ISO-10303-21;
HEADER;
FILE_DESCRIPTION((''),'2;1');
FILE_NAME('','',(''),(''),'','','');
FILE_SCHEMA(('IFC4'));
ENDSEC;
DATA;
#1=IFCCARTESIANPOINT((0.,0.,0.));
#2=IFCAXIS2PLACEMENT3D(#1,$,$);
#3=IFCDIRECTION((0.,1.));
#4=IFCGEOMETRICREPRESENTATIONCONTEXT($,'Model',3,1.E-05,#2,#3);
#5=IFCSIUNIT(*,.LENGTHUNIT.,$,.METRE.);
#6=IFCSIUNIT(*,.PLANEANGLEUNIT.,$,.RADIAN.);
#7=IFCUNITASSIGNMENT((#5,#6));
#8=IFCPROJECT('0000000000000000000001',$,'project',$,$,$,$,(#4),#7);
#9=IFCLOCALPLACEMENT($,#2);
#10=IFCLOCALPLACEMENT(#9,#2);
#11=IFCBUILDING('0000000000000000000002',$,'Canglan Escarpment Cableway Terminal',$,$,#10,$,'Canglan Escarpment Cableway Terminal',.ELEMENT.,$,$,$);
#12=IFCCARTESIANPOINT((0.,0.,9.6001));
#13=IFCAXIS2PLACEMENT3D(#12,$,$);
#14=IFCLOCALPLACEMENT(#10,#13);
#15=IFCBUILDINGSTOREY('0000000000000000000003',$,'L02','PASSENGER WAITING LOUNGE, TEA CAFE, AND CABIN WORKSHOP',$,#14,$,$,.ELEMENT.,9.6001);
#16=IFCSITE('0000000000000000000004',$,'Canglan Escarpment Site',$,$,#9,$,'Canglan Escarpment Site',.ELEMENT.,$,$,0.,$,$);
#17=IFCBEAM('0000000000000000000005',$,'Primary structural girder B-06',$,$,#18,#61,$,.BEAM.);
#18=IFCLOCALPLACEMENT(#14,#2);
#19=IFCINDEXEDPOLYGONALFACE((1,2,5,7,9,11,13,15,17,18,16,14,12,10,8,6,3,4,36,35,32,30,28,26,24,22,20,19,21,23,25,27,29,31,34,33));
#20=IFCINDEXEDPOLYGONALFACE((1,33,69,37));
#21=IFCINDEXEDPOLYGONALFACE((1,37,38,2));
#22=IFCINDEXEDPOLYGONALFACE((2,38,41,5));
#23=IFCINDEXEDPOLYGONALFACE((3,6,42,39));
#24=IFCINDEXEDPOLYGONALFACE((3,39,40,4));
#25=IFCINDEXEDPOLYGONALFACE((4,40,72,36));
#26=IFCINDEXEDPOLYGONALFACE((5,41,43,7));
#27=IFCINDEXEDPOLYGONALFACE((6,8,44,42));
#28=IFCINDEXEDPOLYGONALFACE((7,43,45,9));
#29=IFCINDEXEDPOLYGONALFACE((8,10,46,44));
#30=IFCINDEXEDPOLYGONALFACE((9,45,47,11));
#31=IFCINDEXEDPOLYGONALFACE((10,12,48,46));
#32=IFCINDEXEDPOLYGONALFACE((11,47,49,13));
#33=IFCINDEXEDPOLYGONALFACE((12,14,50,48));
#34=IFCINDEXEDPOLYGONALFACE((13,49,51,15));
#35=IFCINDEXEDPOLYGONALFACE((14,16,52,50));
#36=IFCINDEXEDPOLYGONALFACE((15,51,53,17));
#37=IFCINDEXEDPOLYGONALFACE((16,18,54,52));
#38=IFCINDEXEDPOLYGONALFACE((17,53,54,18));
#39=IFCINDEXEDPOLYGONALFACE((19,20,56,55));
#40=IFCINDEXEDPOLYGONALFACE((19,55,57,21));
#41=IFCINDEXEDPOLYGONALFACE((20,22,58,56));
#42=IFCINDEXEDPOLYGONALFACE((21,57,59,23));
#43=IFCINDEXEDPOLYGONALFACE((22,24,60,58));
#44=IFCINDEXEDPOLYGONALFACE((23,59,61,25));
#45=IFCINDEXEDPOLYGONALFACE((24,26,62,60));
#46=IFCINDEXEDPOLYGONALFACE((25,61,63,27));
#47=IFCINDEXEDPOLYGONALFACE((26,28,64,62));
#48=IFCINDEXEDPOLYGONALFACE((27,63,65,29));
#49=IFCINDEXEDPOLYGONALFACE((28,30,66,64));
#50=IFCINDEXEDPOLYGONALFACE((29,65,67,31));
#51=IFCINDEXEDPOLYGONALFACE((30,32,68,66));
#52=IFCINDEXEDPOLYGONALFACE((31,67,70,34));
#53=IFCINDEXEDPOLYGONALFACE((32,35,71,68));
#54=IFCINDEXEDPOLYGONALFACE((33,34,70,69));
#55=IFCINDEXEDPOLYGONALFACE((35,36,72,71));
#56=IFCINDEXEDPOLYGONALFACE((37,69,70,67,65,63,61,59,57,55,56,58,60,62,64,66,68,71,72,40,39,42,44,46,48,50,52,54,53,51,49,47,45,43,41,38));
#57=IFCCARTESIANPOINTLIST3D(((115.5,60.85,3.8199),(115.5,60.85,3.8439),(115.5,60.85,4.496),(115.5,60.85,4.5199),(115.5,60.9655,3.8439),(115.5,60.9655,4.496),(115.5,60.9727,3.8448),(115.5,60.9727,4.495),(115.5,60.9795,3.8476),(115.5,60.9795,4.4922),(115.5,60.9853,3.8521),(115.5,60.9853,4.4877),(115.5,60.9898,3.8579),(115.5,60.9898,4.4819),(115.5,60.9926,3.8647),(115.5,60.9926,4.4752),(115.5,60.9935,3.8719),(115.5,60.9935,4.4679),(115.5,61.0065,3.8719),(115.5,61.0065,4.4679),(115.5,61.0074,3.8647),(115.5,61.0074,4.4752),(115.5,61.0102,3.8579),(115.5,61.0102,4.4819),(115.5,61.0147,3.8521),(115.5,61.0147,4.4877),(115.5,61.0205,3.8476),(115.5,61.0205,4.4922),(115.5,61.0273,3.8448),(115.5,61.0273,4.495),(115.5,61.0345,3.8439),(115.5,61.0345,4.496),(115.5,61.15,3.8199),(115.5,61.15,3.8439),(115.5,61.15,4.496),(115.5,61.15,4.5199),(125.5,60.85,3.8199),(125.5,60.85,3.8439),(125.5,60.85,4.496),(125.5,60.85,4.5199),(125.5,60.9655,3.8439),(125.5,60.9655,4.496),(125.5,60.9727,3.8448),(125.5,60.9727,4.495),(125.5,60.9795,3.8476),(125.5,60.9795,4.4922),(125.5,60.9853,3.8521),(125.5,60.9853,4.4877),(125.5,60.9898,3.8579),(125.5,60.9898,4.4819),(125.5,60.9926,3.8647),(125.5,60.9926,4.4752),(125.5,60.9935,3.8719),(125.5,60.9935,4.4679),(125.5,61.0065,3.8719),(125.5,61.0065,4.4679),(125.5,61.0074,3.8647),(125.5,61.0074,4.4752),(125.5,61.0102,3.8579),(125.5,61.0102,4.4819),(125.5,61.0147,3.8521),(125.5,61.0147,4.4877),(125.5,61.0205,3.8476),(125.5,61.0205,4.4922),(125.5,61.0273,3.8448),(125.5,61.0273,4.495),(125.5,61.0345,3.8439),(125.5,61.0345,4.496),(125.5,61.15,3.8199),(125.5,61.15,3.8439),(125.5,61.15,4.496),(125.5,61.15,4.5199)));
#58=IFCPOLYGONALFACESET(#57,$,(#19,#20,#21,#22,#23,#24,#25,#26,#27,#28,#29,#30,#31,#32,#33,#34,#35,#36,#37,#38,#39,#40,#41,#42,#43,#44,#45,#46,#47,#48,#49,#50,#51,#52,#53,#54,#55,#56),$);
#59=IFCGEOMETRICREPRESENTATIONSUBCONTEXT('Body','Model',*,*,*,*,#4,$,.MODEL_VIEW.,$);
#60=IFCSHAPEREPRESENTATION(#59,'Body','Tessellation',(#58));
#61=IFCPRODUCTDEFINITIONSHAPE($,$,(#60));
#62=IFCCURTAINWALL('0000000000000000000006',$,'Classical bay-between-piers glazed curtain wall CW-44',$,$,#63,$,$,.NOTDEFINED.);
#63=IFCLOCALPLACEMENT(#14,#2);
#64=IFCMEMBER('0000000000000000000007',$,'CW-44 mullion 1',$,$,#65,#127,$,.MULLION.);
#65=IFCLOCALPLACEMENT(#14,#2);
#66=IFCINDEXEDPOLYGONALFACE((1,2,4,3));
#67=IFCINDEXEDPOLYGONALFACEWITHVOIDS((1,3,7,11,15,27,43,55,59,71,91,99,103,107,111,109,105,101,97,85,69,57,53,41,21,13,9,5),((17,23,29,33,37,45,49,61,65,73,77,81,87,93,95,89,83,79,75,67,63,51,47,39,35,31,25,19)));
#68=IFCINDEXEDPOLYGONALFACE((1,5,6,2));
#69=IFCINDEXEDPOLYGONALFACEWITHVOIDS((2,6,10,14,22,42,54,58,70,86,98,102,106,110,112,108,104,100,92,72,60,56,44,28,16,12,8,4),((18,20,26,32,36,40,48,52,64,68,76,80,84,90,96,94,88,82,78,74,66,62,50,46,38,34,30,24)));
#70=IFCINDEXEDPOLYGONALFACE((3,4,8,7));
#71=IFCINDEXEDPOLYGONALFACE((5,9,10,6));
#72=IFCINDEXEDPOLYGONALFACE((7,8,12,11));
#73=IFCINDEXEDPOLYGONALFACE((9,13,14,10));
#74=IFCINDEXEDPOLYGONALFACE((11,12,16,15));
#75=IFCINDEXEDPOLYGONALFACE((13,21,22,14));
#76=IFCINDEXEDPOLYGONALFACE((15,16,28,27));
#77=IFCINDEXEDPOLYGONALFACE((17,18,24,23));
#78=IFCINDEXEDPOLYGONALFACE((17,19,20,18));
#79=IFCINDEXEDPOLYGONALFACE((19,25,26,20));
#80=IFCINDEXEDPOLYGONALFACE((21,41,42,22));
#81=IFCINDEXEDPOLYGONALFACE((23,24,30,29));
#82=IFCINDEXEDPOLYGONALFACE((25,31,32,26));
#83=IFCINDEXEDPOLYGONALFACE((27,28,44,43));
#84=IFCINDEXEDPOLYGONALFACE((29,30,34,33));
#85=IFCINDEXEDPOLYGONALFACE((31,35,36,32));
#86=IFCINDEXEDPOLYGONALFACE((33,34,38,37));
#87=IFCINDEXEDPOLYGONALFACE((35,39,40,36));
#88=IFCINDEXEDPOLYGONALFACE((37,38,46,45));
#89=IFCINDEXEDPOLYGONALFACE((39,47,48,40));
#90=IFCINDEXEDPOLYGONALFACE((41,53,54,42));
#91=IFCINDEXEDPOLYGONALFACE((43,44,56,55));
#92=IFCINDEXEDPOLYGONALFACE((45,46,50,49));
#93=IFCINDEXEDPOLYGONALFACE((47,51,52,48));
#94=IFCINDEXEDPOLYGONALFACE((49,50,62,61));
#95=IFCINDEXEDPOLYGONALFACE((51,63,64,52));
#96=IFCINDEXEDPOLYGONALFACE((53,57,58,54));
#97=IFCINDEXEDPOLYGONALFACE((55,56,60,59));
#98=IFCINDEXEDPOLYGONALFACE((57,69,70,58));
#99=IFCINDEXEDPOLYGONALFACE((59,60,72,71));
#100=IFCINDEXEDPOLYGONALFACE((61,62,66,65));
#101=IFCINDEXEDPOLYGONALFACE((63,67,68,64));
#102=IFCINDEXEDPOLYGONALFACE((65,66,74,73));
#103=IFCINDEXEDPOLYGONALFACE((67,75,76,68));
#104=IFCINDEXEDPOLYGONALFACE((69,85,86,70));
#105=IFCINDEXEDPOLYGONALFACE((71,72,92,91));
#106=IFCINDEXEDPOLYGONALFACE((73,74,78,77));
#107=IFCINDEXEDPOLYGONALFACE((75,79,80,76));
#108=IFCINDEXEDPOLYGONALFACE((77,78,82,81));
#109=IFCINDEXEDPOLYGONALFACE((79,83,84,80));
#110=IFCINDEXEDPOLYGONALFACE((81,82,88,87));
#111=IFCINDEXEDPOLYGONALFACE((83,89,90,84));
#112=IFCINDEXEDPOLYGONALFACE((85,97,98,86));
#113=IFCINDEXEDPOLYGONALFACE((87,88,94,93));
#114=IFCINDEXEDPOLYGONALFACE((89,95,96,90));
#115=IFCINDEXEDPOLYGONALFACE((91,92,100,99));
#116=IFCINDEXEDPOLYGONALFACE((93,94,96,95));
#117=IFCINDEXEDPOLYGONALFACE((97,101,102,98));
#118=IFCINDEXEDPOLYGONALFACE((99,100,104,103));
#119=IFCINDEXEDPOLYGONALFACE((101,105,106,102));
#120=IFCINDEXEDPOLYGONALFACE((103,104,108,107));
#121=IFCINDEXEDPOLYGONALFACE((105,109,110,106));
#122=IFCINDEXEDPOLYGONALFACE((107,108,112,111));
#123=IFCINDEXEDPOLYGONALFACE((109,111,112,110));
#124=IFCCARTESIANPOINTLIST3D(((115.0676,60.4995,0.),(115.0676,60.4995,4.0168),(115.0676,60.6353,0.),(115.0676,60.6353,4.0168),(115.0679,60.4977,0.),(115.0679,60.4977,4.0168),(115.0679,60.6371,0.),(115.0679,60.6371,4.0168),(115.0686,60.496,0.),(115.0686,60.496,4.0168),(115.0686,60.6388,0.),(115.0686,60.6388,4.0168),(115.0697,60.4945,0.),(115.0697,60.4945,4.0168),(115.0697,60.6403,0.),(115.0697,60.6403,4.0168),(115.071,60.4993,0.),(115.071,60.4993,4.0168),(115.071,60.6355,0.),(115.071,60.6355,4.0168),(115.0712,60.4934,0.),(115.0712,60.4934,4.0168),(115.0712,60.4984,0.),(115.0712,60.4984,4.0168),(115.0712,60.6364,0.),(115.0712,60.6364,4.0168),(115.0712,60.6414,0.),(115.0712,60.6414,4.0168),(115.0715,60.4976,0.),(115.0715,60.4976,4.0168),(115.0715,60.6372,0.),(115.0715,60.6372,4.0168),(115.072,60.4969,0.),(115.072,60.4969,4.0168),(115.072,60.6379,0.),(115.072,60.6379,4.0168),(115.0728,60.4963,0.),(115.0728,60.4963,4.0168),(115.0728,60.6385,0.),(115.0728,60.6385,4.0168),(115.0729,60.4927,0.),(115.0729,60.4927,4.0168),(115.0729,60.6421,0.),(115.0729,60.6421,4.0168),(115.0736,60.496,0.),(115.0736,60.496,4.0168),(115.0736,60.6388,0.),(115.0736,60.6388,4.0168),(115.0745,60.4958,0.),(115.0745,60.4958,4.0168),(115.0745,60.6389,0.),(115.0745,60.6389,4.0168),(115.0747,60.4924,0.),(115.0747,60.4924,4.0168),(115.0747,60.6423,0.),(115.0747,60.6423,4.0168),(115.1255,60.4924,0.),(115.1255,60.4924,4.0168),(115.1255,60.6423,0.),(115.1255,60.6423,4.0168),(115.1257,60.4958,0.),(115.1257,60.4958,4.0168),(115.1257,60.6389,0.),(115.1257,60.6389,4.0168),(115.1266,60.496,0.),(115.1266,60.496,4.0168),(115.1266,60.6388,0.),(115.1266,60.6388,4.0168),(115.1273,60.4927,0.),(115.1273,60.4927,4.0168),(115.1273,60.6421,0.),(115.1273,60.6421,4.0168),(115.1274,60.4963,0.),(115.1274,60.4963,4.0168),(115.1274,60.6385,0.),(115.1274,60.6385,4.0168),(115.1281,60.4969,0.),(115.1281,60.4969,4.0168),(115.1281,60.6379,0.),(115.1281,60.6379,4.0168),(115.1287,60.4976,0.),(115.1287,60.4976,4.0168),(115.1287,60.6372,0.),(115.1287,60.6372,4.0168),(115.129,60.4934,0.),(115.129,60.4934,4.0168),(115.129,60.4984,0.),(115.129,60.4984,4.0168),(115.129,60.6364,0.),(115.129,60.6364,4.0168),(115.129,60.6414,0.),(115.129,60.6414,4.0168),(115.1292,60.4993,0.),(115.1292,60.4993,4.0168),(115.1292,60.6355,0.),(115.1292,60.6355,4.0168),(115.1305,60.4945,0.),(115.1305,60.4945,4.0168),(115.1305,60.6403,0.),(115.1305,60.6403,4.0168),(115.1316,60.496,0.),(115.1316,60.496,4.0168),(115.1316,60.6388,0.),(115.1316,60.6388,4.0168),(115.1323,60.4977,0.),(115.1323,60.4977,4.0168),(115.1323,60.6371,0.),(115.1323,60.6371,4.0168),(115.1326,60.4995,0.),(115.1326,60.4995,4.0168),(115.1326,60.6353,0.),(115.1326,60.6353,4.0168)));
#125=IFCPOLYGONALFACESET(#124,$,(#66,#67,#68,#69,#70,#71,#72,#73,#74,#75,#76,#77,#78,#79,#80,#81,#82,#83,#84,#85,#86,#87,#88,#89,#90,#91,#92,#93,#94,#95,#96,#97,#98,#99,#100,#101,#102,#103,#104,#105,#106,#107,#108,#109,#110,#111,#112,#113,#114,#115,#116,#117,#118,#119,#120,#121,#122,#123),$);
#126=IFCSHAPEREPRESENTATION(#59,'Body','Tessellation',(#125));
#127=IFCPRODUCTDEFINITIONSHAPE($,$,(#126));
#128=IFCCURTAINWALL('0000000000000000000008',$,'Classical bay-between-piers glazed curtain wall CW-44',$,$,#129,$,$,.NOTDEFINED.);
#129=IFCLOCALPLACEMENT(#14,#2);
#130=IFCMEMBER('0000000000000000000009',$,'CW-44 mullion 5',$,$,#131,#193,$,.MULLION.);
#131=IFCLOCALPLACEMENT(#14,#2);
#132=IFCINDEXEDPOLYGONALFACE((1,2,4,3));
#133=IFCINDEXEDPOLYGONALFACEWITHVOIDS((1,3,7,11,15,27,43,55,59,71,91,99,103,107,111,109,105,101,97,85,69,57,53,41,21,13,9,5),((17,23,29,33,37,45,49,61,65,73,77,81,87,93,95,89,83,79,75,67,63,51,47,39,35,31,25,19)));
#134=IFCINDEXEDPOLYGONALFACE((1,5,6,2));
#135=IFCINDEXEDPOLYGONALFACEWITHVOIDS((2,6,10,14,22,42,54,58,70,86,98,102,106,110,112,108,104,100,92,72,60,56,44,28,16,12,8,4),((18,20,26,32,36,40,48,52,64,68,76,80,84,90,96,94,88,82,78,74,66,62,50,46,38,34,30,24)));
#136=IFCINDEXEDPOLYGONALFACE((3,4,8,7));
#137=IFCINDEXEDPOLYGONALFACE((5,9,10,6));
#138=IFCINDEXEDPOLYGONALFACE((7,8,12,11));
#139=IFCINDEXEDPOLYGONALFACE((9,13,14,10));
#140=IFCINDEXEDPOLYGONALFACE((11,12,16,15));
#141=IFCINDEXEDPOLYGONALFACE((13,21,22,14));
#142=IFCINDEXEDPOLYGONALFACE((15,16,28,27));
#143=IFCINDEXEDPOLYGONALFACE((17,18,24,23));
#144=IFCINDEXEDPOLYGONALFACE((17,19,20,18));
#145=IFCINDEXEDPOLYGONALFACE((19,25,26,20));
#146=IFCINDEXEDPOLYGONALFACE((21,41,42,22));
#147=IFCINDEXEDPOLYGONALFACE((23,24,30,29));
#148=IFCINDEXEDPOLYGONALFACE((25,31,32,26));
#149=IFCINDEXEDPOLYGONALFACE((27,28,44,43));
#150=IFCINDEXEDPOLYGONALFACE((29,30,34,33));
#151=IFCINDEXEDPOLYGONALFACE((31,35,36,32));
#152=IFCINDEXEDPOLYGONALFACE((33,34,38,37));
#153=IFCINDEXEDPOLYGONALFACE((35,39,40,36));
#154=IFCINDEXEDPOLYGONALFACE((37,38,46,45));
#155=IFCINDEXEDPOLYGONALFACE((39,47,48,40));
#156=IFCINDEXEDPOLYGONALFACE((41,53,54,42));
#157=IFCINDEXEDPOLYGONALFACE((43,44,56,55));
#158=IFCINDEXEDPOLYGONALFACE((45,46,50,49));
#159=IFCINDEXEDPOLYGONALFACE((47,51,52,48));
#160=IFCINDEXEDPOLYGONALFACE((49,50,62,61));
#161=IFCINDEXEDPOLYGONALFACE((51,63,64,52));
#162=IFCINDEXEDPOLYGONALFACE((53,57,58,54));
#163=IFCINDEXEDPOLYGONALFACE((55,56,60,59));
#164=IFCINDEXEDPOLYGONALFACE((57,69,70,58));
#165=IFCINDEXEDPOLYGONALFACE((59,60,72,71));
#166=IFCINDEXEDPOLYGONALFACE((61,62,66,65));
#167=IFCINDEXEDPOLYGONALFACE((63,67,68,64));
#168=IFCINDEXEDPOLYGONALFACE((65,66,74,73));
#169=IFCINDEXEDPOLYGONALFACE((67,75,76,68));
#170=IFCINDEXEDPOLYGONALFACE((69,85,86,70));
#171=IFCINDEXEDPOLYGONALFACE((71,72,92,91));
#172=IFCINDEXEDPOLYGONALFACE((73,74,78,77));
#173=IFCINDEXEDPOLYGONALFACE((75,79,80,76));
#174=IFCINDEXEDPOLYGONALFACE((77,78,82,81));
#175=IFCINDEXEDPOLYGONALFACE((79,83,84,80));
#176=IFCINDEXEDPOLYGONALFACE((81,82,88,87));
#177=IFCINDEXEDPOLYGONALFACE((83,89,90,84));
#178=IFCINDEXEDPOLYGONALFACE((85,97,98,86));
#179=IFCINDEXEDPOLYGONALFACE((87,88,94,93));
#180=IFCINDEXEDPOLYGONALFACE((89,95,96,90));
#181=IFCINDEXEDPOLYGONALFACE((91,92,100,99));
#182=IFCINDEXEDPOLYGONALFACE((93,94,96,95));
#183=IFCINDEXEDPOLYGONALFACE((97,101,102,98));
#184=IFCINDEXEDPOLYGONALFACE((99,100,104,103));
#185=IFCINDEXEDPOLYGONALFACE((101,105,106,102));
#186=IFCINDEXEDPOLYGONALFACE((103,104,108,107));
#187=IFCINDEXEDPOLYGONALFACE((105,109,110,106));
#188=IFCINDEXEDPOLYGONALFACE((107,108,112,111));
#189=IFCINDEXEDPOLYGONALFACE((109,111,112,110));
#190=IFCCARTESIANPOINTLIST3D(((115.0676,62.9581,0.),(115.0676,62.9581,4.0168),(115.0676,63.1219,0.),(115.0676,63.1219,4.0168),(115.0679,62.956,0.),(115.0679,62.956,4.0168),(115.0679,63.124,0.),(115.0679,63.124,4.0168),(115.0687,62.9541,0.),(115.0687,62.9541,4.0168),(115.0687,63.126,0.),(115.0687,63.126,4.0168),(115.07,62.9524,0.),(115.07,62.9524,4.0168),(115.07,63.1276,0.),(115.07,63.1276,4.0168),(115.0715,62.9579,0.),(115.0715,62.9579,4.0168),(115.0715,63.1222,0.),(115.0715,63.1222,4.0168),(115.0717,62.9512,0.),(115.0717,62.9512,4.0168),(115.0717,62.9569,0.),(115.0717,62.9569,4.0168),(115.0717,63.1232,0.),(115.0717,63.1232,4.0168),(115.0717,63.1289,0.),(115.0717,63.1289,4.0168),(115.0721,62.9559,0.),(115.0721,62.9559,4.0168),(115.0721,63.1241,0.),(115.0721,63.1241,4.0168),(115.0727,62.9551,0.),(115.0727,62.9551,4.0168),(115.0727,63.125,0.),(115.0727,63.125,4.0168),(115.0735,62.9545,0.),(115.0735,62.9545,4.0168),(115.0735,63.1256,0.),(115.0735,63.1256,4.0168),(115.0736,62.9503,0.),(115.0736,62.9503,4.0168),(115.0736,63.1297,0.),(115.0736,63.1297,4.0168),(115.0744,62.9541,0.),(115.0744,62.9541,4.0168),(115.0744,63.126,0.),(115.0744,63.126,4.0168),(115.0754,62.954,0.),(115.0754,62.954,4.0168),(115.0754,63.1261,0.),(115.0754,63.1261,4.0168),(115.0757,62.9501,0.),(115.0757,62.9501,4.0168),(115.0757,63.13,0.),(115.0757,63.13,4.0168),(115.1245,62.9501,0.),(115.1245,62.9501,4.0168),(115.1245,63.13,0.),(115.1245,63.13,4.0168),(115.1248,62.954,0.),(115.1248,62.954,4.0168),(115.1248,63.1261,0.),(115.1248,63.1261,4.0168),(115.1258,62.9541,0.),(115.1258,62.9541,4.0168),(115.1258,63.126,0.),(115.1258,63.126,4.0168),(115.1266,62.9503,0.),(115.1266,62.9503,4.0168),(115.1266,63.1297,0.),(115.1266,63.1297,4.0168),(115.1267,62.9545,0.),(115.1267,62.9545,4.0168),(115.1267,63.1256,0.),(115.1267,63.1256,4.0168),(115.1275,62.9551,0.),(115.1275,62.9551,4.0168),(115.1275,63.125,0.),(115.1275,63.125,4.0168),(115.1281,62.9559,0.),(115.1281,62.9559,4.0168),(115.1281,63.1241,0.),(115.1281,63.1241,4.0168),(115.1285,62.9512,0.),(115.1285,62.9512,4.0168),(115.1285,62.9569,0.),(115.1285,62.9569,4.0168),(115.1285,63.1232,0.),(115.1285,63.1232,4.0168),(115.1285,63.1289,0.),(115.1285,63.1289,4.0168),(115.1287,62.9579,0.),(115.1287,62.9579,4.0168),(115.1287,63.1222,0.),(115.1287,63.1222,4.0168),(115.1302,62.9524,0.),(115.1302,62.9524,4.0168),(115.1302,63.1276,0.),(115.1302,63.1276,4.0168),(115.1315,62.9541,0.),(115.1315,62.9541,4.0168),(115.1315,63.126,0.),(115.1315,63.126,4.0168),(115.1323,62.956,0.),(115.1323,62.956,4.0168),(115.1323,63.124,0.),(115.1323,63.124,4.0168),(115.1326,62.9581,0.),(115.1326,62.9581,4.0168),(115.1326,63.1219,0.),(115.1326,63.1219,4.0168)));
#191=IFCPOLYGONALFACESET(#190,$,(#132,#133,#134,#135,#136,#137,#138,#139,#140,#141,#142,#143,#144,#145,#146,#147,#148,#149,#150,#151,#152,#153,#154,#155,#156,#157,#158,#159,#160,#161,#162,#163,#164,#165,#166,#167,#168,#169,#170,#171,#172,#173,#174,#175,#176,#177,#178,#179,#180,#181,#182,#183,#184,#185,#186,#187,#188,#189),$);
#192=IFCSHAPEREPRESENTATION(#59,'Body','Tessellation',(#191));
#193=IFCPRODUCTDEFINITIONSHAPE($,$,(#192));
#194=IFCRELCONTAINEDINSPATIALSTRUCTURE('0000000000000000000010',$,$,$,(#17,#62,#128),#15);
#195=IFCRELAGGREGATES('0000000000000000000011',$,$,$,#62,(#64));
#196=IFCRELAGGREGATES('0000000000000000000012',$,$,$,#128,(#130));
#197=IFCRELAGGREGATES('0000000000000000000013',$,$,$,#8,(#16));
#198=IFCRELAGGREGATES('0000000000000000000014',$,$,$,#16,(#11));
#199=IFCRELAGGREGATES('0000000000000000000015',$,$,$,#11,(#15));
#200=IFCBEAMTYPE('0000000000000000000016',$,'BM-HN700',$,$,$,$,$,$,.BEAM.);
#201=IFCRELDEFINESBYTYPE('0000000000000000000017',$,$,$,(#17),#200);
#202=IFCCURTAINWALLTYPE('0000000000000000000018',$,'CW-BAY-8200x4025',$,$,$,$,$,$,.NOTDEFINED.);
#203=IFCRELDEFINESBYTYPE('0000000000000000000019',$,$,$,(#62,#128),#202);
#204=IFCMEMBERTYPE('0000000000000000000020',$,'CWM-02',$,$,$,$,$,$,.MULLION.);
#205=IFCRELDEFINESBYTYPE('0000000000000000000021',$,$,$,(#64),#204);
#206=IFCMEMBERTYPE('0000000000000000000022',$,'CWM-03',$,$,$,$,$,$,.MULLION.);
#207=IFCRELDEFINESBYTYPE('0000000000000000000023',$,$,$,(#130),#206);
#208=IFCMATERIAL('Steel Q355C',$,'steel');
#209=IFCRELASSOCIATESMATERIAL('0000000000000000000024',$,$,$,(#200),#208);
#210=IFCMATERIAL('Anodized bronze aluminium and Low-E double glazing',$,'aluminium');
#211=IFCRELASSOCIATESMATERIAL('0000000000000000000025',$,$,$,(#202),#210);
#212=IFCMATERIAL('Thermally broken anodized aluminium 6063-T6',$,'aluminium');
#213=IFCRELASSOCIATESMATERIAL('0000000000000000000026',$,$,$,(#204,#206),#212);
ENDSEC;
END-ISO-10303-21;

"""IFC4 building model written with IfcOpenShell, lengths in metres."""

from ifc_helpers import new_model, si_unit, direction, frame, origin, origin_2d, place, context, subcontext, project, spatial, hollow_rectangle, i_section, extrude, material, material_profile, profile_set, type_object, element, aggregate, save


model = new_model("IFC4")

# Units and contexts
model_context = context("Model", 3, precision=1e-05, world=origin(), true_north=direction((0.0, 1.0)))
body_context = subcontext(model_context, "Body", "Model", "MODEL_VIEW")
ifc_project = project(units=[si_unit("LENGTHUNIT", "METRE"), si_unit("PLANEANGLEUNIT", "RADIAN")], contexts=[model_context])

# Site, building, storey
site_placement = place(None, origin())
site = spatial("IfcSite", under=ifc_project, at=site_placement, Name="Canglan Escarpment Site", LongName="Canglan Escarpment Site", CompositionType="ELEMENT", RefElevation=0.0)
building_placement = place(site_placement, origin())
building = spatial("IfcBuilding", under=site, at=building_placement, Name="Canglan Escarpment Cableway Terminal", LongName="Canglan Escarpment Cableway Terminal", CompositionType="ELEMENT")
storey_placement = place(building_placement, frame((0.0, 0.0, 9.6001)))
storey = spatial("IfcBuildingStorey", under=building, at=storey_placement, Name="L02", Description="PASSENGER WAITING LOUNGE, TEA CAFE, AND CABIN WORKSHOP", CompositionType="ELEMENT", Elevation=9.6001)

# Beam
ifc_material_1 = material(Name="Steel Q355C", Category="steel")
ifc_material_profile_1 = material_profile(ifc_material_1, i_section(OverallWidth=0.3, OverallDepth=0.7, WebThickness=0.0129, FlangeThickness=0.0239, FilletRadius=0.0281, at=origin_2d()), Name="HN 700x300x13x24")
ifc_profile_set_1 = profile_set([ifc_material_profile_1], Name="Steel Q355C")
beam_type_1 = type_object("IfcBeamType", Name="BM-HN700", PredefinedType="BEAM", material=ifc_profile_set_1)
beam_1_placement = place(storey_placement, frame((115.5, 61.0, 4.1699), z_axis=(1.0, 0.0, 0.0), x_axis=(0.0, 1.0, 0.0)))
element("IfcBeam", 1, at=beam_1_placement, inside=storey, type_object=beam_type_1, Name="Primary structural girder B-06", PredefinedType="BEAM", context=body_context, shape_type="SweptSolid", body=[
    extrude(i_section(OverallWidth=0.3, OverallDepth=0.7, WebThickness=0.0129, FlangeThickness=0.0239, FilletRadius=0.0281, at=origin_2d()), origin(), (0.0, 0.0, 1.0), 10.0),
])

# Curtain wall, member
ifc_material_2 = material(Name="Anodized bronze aluminium and Low-E double glazing", Category="aluminium")
curtain_wall_type = type_object("IfcCurtainWallType", Name="CW-BAY-8200x4025", PredefinedType="NOTDEFINED", material=ifc_material_2)
curtain_wall_1_placement = place(storey_placement, origin())
curtain_wall_1 = element("IfcCurtainWall", 2, at=curtain_wall_1_placement, inside=storey, type_object=curtain_wall_type, Name="Classical bay-between-piers glazed curtain wall CW-44", PredefinedType="NOTDEFINED")
ifc_material_3 = material(Name="Thermally broken anodized aluminium 6063-T6", Category="aluminium")
ifc_material_profile_2 = material_profile(ifc_material_3, hollow_rectangle(XDim=0.0649, YDim=0.1499, WallThickness=0.0034, InnerFilletRadius=0.0034, OuterFilletRadius=0.0071, at=origin_2d()), Name="ALU-MULL 65x150x3.5")
ifc_profile_set_2 = profile_set([ifc_material_profile_2], Name="Thermally broken anodized aluminium 6063-T6")
member_type_1 = type_object("IfcMemberType", Name="CWM-02", PredefinedType="MULLION", material=ifc_profile_set_2)
member_1_placement = place(storey_placement, frame((115.1001, 60.5674, 0.0), z_axis=(0.0, 0.0, 1.0), x_axis=(1.0, 0.0, 0.0)))
member_1 = element("IfcMember", 3, at=member_1_placement, type_object=member_type_1, Name="CW-44 mullion 1", PredefinedType="MULLION", context=body_context, shape_type="SweptSolid", body=[
    extrude(hollow_rectangle(XDim=0.0649, YDim=0.1499, WallThickness=0.0034, InnerFilletRadius=0.0034, OuterFilletRadius=0.0071, at=origin_2d()), origin(), (0.0, 0.0, 1.0), 4.0168),
])

# Curtain wall, member
curtain_wall_2_placement = place(storey_placement, origin())
curtain_wall_2 = element("IfcCurtainWall", 4, at=curtain_wall_2_placement, inside=storey, type_object=curtain_wall_type, Name="Classical bay-between-piers glazed curtain wall CW-44", PredefinedType="NOTDEFINED")
ifc_material_profile_3 = material_profile(ifc_material_3, hollow_rectangle(XDim=0.0649, YDim=0.1799, WallThickness=0.0039, InnerFilletRadius=0.0039, OuterFilletRadius=0.0081, at=origin_2d()), Name="ALU-MULL 65x180x4")
ifc_profile_set_3 = profile_set([ifc_material_profile_3], Name="Thermally broken anodized aluminium 6063-T6")
member_type_2 = type_object("IfcMemberType", Name="CWM-03", PredefinedType="MULLION", material=ifc_profile_set_3)
member_2_placement = place(storey_placement, frame((115.1001, 63.04, 0.0), z_axis=(0.0, 0.0, 1.0), x_axis=(1.0, 0.0, 0.0)))
member_2 = element("IfcMember", 5, at=member_2_placement, type_object=member_type_2, Name="CW-44 mullion 5", PredefinedType="MULLION", context=body_context, shape_type="SweptSolid", body=[
    extrude(hollow_rectangle(XDim=0.0649, YDim=0.1799, WallThickness=0.0039, InnerFilletRadius=0.0039, OuterFilletRadius=0.0081, at=origin_2d()), origin(), (0.0, 0.0, 1.0), 4.0168),
])

aggregate(curtain_wall_1, [member_1])

aggregate(curtain_wall_2, [member_2])

save(model, "model.ifc")
